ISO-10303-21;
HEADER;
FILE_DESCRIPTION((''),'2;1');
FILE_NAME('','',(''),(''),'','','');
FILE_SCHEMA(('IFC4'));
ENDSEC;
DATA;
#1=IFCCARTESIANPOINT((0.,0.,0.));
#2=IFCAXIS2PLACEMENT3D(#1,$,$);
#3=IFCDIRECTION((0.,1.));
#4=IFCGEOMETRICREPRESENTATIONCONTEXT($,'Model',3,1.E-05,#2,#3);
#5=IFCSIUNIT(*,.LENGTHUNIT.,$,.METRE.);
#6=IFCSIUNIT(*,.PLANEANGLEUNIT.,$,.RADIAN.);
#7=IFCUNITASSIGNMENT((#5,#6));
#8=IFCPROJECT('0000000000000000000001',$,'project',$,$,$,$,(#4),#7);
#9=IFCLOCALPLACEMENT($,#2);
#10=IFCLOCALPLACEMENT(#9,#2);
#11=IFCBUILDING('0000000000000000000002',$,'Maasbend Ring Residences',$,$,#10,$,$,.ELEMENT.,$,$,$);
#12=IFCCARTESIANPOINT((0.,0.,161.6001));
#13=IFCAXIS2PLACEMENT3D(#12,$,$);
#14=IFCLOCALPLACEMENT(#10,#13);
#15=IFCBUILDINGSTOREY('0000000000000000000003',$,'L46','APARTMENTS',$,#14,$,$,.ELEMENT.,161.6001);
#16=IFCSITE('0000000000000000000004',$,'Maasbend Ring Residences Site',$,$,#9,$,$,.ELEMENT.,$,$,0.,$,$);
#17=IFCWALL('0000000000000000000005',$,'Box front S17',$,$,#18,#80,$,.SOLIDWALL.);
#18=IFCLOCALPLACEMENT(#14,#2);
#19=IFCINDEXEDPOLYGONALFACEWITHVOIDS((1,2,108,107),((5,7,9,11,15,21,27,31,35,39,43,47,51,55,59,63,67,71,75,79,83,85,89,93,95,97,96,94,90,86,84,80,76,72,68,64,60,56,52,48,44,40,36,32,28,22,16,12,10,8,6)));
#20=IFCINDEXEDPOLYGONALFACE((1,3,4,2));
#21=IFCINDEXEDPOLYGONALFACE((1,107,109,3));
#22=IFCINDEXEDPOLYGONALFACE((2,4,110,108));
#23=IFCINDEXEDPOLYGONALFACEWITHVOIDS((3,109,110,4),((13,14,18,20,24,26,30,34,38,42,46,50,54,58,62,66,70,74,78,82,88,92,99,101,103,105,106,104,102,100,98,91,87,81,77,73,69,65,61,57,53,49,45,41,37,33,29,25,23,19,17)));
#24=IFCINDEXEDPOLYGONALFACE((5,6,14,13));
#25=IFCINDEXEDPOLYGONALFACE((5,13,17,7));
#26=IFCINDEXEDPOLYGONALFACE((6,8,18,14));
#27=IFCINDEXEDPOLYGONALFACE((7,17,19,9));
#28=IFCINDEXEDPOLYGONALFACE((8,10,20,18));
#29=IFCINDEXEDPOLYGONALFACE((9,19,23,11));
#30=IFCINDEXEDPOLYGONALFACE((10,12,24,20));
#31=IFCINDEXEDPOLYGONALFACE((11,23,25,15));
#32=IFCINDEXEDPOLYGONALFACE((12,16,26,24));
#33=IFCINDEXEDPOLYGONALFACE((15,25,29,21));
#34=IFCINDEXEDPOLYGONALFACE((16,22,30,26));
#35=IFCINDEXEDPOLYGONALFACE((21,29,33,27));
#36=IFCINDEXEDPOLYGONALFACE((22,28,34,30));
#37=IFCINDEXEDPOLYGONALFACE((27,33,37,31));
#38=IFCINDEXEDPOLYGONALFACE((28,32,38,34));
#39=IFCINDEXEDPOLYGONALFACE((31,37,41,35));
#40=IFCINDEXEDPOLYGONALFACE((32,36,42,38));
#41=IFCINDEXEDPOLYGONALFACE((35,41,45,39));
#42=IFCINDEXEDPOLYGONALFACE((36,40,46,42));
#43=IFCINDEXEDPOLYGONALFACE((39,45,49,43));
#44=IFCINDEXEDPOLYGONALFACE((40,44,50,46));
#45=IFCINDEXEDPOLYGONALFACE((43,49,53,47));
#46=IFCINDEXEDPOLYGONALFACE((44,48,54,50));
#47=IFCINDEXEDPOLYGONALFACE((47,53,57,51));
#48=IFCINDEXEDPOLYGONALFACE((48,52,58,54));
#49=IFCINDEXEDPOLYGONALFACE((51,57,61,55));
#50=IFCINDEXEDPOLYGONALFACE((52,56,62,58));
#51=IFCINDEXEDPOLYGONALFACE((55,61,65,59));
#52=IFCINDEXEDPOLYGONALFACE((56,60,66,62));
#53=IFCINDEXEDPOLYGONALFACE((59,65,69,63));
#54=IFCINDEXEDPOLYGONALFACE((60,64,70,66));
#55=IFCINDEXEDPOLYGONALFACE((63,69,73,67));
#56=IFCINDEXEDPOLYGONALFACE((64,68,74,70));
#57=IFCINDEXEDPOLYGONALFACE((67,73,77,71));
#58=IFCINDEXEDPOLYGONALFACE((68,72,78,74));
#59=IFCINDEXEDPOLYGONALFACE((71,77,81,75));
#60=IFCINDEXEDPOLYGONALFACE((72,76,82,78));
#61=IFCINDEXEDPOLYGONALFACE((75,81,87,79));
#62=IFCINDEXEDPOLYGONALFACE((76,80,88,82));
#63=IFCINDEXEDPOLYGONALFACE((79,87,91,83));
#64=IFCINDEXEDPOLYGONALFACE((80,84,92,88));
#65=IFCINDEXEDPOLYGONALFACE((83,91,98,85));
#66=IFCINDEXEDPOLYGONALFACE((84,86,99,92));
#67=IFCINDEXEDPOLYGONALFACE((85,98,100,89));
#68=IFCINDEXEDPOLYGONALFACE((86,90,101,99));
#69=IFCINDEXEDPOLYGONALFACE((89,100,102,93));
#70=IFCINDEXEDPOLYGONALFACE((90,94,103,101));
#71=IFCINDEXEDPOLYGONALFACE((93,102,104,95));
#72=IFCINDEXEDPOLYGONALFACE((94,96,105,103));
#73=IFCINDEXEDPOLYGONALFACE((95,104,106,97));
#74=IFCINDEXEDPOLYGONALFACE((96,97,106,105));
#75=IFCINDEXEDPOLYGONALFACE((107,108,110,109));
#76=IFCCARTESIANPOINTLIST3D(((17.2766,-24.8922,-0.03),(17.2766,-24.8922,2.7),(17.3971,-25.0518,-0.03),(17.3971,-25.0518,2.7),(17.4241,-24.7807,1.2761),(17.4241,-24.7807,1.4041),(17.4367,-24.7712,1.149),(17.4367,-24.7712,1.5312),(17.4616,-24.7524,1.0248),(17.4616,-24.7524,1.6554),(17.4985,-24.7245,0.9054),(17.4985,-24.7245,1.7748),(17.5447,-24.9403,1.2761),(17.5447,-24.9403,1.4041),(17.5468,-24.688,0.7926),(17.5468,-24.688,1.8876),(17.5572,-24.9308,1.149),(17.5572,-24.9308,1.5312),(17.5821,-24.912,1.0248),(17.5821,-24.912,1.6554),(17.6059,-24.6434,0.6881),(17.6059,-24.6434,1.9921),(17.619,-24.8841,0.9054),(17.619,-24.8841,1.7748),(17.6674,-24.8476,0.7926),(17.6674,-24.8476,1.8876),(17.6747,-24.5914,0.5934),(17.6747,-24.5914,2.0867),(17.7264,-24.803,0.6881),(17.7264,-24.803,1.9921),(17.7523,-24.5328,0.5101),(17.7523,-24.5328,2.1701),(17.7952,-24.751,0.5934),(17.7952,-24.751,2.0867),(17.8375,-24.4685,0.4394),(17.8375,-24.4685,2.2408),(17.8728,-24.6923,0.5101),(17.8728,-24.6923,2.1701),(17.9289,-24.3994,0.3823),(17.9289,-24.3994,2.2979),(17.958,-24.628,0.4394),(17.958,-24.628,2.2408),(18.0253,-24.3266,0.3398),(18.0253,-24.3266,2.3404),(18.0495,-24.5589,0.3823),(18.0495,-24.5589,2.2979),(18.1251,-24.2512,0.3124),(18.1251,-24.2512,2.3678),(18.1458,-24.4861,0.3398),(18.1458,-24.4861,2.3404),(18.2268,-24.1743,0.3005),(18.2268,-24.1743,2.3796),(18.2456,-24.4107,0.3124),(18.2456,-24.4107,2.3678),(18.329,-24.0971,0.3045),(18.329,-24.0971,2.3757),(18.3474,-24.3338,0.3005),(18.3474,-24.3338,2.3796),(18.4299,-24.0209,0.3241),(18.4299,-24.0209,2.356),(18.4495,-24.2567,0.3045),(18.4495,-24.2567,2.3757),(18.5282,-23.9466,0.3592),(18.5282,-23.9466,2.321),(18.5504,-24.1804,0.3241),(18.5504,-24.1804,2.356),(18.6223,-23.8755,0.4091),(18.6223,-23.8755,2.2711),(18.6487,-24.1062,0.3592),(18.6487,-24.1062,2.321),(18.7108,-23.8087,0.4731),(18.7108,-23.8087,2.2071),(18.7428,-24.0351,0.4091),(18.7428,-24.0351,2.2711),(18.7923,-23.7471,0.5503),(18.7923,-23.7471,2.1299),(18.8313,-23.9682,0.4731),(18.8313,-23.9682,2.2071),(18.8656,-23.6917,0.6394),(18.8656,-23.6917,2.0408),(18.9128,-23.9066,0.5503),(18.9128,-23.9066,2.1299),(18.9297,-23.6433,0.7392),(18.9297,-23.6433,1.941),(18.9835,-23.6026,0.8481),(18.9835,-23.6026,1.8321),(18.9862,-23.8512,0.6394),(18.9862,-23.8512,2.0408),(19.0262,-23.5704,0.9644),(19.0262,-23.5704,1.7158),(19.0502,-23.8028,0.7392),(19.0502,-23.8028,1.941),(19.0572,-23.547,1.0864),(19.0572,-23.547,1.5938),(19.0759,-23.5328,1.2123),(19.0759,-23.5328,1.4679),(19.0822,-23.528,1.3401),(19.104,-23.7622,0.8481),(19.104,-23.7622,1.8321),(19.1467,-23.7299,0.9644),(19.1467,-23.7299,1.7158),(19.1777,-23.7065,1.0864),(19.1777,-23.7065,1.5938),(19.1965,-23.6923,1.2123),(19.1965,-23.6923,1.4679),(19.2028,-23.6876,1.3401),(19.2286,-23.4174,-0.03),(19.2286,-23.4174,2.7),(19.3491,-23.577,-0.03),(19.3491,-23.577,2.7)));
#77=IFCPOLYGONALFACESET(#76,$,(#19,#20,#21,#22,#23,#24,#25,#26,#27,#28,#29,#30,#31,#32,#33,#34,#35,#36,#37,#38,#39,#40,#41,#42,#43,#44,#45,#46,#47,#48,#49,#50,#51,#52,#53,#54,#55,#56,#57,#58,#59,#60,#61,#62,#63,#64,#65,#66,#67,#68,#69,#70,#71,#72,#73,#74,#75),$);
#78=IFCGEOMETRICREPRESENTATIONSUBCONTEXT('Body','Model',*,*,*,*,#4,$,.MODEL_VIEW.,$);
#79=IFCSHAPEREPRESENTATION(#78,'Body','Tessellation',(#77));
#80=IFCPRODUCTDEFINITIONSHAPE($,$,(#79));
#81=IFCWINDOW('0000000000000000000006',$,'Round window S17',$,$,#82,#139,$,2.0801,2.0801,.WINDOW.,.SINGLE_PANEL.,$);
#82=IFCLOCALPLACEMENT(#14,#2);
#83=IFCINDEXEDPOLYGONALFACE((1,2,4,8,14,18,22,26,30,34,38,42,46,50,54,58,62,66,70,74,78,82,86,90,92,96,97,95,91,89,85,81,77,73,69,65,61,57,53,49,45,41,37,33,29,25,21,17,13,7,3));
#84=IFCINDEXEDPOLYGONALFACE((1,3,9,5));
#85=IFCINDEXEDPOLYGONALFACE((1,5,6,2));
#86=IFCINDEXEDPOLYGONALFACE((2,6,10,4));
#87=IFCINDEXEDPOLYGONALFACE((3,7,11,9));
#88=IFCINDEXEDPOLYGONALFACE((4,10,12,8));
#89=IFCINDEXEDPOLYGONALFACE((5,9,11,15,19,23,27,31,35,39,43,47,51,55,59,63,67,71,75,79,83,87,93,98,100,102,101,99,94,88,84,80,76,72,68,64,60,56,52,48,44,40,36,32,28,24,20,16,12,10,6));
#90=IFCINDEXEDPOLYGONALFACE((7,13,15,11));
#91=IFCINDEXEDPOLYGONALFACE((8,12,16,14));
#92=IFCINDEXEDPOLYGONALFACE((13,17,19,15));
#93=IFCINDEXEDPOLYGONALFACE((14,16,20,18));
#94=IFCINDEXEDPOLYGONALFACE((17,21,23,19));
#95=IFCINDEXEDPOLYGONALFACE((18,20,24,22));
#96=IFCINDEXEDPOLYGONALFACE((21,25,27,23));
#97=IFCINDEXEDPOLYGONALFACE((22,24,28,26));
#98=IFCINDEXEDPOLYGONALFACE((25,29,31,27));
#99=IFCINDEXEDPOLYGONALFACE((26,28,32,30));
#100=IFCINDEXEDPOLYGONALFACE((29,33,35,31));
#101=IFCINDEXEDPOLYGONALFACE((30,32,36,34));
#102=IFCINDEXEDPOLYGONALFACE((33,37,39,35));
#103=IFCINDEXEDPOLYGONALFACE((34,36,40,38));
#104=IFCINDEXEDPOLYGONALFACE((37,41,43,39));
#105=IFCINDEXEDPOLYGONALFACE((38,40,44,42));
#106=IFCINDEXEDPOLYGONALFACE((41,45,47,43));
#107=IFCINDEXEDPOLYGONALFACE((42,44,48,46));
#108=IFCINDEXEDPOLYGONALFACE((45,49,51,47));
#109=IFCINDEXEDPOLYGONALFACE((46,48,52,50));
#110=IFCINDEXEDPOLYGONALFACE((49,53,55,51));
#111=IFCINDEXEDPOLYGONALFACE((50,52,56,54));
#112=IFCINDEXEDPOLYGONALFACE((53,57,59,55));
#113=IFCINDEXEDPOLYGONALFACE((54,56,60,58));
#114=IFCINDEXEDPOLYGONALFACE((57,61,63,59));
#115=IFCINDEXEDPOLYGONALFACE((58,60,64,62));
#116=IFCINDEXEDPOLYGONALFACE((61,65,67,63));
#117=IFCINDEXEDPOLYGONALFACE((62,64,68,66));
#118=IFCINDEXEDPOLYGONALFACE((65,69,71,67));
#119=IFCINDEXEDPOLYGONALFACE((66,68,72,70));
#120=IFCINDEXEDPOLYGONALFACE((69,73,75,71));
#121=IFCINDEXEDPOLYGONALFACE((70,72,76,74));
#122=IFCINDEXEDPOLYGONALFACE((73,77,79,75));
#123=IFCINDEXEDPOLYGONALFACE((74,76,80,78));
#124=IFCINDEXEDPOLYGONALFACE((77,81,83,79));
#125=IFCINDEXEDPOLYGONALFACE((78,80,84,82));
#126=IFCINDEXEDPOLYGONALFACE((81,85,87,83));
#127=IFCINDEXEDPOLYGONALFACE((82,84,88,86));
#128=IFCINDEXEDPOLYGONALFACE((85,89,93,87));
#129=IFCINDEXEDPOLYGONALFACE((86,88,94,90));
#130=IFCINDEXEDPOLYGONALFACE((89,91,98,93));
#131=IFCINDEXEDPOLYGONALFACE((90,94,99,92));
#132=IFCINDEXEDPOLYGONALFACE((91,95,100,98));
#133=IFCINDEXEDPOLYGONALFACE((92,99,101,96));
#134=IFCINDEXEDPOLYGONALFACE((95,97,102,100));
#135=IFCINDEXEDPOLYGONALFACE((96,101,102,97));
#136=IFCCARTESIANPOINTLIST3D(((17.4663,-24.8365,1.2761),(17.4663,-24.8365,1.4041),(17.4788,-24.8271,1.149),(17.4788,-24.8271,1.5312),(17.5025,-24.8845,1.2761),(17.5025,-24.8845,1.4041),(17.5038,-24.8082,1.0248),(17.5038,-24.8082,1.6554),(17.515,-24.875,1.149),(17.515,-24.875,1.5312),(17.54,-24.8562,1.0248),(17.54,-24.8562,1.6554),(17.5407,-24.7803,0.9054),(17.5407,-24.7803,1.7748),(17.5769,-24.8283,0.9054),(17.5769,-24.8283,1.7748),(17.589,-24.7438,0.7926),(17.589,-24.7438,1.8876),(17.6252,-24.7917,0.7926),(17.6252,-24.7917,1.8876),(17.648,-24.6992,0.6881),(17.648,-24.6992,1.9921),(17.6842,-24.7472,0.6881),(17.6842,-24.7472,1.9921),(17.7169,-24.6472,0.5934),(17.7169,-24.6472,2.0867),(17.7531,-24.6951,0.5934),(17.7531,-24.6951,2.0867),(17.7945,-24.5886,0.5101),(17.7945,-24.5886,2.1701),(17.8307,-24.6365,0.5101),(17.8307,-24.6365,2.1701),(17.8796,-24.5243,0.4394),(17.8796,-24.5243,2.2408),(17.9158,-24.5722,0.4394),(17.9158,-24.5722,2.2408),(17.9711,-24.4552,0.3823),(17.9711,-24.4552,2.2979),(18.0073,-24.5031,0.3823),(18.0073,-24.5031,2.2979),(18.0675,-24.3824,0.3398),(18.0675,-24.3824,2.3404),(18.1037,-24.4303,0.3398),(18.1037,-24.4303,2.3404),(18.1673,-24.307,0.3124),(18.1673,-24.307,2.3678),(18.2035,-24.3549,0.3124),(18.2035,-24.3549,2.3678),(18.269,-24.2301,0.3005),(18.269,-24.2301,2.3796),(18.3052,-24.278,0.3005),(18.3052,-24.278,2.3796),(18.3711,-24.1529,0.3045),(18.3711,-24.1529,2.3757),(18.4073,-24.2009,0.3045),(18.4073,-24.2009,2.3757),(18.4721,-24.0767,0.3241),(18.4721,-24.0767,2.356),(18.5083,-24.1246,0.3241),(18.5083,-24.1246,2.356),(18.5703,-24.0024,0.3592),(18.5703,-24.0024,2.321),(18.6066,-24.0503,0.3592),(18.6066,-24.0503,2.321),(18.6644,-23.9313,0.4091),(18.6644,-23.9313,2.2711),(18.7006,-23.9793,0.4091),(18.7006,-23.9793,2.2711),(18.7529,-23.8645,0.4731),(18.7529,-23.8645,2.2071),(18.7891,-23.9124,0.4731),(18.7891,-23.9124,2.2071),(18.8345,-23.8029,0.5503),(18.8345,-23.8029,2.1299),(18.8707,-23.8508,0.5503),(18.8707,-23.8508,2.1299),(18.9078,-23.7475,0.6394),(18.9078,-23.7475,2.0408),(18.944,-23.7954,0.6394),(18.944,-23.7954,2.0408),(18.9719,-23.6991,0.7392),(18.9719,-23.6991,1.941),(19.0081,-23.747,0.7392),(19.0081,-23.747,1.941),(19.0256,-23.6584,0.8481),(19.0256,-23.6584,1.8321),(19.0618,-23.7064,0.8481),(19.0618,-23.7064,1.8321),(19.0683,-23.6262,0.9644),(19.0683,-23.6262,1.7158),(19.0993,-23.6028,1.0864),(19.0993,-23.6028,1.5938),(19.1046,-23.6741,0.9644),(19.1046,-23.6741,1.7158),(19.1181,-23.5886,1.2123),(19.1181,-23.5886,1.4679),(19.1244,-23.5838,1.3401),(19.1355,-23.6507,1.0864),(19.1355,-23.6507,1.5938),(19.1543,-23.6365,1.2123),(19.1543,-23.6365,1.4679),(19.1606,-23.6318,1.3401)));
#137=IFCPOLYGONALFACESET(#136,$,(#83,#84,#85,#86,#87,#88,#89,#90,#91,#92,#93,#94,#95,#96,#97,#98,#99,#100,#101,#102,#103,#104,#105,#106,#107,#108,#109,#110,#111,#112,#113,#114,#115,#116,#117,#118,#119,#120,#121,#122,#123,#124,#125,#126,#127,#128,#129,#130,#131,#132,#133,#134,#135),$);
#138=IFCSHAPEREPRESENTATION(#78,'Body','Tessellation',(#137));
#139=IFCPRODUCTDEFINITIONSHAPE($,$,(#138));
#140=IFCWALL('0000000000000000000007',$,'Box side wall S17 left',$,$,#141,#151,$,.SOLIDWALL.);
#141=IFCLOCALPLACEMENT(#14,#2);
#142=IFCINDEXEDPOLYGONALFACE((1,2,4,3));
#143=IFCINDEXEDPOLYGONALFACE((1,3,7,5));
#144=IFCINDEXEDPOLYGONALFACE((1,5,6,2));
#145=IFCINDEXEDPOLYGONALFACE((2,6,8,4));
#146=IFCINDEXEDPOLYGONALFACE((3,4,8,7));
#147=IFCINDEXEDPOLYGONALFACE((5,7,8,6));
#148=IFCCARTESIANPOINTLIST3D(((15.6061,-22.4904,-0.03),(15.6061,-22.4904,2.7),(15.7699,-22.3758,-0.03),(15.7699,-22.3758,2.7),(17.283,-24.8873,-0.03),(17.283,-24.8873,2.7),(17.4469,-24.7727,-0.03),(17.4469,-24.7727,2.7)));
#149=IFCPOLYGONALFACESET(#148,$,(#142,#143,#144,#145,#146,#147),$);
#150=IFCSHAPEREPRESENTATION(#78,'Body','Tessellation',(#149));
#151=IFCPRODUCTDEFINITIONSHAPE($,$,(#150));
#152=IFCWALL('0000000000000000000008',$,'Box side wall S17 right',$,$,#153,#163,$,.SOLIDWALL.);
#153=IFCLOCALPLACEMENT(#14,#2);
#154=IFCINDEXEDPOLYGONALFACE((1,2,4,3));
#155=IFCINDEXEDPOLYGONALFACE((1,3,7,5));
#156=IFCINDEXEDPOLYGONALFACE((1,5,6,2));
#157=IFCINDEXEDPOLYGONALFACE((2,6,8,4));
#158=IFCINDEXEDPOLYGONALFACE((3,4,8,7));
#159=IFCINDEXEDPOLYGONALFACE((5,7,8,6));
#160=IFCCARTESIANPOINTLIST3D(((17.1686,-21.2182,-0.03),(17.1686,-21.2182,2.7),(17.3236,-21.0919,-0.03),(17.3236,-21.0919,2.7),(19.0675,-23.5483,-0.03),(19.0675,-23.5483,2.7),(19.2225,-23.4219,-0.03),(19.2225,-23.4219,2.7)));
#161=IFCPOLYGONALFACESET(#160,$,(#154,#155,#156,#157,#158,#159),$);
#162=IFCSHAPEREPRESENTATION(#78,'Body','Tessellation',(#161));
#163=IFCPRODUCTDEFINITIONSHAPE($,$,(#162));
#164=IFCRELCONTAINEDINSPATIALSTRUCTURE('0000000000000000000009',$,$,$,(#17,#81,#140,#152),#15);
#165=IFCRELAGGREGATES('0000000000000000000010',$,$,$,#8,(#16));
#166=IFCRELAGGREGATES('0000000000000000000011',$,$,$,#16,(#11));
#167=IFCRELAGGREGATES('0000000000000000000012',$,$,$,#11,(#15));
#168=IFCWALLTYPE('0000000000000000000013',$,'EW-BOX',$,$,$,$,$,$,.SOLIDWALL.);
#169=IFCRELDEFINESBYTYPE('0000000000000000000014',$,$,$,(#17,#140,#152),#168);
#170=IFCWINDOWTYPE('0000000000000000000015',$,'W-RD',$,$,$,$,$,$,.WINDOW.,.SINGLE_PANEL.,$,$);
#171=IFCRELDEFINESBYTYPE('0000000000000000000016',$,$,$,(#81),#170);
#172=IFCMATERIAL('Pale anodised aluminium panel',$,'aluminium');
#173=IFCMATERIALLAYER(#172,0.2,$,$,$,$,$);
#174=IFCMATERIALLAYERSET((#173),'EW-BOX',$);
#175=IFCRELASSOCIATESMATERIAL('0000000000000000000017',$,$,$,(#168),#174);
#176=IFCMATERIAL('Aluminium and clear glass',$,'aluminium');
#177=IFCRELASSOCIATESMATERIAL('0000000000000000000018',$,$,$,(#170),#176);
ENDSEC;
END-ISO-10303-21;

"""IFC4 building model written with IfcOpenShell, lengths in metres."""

from ifc_helpers import new_model, si_unit, direction, frame, frame_2d, origin, place, context, subcontext, project, spatial, rectangle, circle, extrude, material, layer, layer_set, type_object, element, fill, save


model = new_model("IFC4")

# Units and contexts
model_context = context("Model", 3, precision=1e-05, world=origin(), true_north=direction((0.0, 1.0)))
body_context = subcontext(model_context, "Body", "Model", "MODEL_VIEW")
ifc_project = project(units=[si_unit("LENGTHUNIT", "METRE"), si_unit("PLANEANGLEUNIT", "RADIAN")], contexts=[model_context])

# Site, building, storey
site_placement = place(None, origin())
site = spatial("IfcSite", under=ifc_project, at=site_placement, Name="Maasbend Ring Residences Site", CompositionType="ELEMENT", RefElevation=0.0)
building_placement = place(site_placement, origin())
building = spatial("IfcBuilding", under=site, at=building_placement, Name="Maasbend Ring Residences", CompositionType="ELEMENT")
storey_placement = place(building_placement, frame((0.0, 0.0, 161.6001)))
storey = spatial("IfcBuildingStorey", under=building, at=storey_placement, Name="L46", Description="APARTMENTS", CompositionType="ELEMENT", Elevation=161.6001)

# Shared definitions
ifc_material_1 = material(Name="Pale anodised aluminium panel", Category="aluminium")
ifc_layer_1 = layer(ifc_material_1, 0.2)
ifc_layer_set_1 = layer_set([ifc_layer_1], Name="EW-BOX")
wall_type_1 = type_object("IfcWallType", Name="EW-BOX", PredefinedType="SOLIDWALL", material=ifc_layer_set_1)
ifc_material_2 = material(Name="Aluminium and clear glass", Category="aluminium")
window_type_1 = type_object("IfcWindowType", Name="W-RD", PartitioningType="SINGLE_PANEL", PredefinedType="WINDOW", material=ifc_material_2)

# Wall, opening, window
wall_1_placement = place(storey_placement, frame((17.3369, -24.9719, -0.03), z_axis=(0.0, 0.0, 1.0), x_axis=(0.797888, 0.602806, 0.0)))
wall_1 = element("IfcWall", 1, at=wall_1_placement, inside=storey, type_object=wall_type_1, Name="Box front S17", PredefinedType="SOLIDWALL", context=body_context, shape_type="SweptSolid", body=[
    extrude(rectangle(XDim=2.4465, YDim=0.2, at=frame_2d((1.2231, 0.0))), origin(), (0.0, 0.0, 1.0), 2.73),
])
opening_1_placement = place(wall_1_placement, frame((0.1829, 0.0, 0.3301)))
opening_1 = element("IfcOpeningElement", 2, at=opening_1_placement, cuts=wall_1, PredefinedType="OPENING", context=body_context, shape_type="SweptSolid", body=[
    extrude(circle(Radius=1.04, at=frame_2d((1.04, 1.04))), frame((0.0, 0.1099, 0.0), z_axis=(0.0, -1.0, 0.0), x_axis=(1.0, 0.0, 0.0)), (0.0, 0.0, 1.0), 0.22),
])
window_1_placement = place(opening_1_placement, origin())
window_1 = element("IfcWindow", 3, at=window_1_placement, inside=storey, type_object=window_type_1, Name="Round window S17", OverallHeight=2.0801, OverallWidth=2.0801, PartitioningType="SINGLE_PANEL", PredefinedType="WINDOW", context=body_context, shape_type="SweptSolid", body=[
    extrude(circle(Radius=1.04, at=frame_2d((1.04, 1.04))), frame((0.0, 0.03, 0.0), z_axis=(0.0, -1.0, 0.0), x_axis=(1.0, 0.0, 0.0)), (0.0, 0.0, 1.0), 0.0601),
])
fill(opening_1, window_1)

# Walls
wall_2_placement = place(storey_placement, frame((15.688, -22.4331, -0.03), z_axis=(0.0, 0.0, 1.0), x_axis=(0.573261, -0.819373, 0.0)))
element("IfcWall", 4, at=wall_2_placement, inside=storey, type_object=wall_type_1, Name="Box side wall S17 left", PredefinedType="SOLIDWALL", context=body_context, shape_type="SweptSolid", body=[
    extrude(rectangle(XDim=2.9253, YDim=0.2, at=frame_2d((1.4626, 0.0))), origin(), (0.0, 0.0, 1.0), 2.73),
])
wall_3_placement = place(storey_placement, frame((17.2461, -21.155, -0.03), z_axis=(0.0, 0.0, 1.0), x_axis=(0.631742, -0.775179, 0.0)))
element("IfcWall", 5, at=wall_3_placement, inside=storey, type_object=wall_type_1, Name="Box side wall S17 right", PredefinedType="SOLIDWALL", context=body_context, shape_type="SweptSolid", body=[
    extrude(rectangle(XDim=3.0059, YDim=0.2, at=frame_2d((1.5029, 0.0))), origin(), (0.0, 0.0, 1.0), 2.73),
])

save(model, "model.ifc")
